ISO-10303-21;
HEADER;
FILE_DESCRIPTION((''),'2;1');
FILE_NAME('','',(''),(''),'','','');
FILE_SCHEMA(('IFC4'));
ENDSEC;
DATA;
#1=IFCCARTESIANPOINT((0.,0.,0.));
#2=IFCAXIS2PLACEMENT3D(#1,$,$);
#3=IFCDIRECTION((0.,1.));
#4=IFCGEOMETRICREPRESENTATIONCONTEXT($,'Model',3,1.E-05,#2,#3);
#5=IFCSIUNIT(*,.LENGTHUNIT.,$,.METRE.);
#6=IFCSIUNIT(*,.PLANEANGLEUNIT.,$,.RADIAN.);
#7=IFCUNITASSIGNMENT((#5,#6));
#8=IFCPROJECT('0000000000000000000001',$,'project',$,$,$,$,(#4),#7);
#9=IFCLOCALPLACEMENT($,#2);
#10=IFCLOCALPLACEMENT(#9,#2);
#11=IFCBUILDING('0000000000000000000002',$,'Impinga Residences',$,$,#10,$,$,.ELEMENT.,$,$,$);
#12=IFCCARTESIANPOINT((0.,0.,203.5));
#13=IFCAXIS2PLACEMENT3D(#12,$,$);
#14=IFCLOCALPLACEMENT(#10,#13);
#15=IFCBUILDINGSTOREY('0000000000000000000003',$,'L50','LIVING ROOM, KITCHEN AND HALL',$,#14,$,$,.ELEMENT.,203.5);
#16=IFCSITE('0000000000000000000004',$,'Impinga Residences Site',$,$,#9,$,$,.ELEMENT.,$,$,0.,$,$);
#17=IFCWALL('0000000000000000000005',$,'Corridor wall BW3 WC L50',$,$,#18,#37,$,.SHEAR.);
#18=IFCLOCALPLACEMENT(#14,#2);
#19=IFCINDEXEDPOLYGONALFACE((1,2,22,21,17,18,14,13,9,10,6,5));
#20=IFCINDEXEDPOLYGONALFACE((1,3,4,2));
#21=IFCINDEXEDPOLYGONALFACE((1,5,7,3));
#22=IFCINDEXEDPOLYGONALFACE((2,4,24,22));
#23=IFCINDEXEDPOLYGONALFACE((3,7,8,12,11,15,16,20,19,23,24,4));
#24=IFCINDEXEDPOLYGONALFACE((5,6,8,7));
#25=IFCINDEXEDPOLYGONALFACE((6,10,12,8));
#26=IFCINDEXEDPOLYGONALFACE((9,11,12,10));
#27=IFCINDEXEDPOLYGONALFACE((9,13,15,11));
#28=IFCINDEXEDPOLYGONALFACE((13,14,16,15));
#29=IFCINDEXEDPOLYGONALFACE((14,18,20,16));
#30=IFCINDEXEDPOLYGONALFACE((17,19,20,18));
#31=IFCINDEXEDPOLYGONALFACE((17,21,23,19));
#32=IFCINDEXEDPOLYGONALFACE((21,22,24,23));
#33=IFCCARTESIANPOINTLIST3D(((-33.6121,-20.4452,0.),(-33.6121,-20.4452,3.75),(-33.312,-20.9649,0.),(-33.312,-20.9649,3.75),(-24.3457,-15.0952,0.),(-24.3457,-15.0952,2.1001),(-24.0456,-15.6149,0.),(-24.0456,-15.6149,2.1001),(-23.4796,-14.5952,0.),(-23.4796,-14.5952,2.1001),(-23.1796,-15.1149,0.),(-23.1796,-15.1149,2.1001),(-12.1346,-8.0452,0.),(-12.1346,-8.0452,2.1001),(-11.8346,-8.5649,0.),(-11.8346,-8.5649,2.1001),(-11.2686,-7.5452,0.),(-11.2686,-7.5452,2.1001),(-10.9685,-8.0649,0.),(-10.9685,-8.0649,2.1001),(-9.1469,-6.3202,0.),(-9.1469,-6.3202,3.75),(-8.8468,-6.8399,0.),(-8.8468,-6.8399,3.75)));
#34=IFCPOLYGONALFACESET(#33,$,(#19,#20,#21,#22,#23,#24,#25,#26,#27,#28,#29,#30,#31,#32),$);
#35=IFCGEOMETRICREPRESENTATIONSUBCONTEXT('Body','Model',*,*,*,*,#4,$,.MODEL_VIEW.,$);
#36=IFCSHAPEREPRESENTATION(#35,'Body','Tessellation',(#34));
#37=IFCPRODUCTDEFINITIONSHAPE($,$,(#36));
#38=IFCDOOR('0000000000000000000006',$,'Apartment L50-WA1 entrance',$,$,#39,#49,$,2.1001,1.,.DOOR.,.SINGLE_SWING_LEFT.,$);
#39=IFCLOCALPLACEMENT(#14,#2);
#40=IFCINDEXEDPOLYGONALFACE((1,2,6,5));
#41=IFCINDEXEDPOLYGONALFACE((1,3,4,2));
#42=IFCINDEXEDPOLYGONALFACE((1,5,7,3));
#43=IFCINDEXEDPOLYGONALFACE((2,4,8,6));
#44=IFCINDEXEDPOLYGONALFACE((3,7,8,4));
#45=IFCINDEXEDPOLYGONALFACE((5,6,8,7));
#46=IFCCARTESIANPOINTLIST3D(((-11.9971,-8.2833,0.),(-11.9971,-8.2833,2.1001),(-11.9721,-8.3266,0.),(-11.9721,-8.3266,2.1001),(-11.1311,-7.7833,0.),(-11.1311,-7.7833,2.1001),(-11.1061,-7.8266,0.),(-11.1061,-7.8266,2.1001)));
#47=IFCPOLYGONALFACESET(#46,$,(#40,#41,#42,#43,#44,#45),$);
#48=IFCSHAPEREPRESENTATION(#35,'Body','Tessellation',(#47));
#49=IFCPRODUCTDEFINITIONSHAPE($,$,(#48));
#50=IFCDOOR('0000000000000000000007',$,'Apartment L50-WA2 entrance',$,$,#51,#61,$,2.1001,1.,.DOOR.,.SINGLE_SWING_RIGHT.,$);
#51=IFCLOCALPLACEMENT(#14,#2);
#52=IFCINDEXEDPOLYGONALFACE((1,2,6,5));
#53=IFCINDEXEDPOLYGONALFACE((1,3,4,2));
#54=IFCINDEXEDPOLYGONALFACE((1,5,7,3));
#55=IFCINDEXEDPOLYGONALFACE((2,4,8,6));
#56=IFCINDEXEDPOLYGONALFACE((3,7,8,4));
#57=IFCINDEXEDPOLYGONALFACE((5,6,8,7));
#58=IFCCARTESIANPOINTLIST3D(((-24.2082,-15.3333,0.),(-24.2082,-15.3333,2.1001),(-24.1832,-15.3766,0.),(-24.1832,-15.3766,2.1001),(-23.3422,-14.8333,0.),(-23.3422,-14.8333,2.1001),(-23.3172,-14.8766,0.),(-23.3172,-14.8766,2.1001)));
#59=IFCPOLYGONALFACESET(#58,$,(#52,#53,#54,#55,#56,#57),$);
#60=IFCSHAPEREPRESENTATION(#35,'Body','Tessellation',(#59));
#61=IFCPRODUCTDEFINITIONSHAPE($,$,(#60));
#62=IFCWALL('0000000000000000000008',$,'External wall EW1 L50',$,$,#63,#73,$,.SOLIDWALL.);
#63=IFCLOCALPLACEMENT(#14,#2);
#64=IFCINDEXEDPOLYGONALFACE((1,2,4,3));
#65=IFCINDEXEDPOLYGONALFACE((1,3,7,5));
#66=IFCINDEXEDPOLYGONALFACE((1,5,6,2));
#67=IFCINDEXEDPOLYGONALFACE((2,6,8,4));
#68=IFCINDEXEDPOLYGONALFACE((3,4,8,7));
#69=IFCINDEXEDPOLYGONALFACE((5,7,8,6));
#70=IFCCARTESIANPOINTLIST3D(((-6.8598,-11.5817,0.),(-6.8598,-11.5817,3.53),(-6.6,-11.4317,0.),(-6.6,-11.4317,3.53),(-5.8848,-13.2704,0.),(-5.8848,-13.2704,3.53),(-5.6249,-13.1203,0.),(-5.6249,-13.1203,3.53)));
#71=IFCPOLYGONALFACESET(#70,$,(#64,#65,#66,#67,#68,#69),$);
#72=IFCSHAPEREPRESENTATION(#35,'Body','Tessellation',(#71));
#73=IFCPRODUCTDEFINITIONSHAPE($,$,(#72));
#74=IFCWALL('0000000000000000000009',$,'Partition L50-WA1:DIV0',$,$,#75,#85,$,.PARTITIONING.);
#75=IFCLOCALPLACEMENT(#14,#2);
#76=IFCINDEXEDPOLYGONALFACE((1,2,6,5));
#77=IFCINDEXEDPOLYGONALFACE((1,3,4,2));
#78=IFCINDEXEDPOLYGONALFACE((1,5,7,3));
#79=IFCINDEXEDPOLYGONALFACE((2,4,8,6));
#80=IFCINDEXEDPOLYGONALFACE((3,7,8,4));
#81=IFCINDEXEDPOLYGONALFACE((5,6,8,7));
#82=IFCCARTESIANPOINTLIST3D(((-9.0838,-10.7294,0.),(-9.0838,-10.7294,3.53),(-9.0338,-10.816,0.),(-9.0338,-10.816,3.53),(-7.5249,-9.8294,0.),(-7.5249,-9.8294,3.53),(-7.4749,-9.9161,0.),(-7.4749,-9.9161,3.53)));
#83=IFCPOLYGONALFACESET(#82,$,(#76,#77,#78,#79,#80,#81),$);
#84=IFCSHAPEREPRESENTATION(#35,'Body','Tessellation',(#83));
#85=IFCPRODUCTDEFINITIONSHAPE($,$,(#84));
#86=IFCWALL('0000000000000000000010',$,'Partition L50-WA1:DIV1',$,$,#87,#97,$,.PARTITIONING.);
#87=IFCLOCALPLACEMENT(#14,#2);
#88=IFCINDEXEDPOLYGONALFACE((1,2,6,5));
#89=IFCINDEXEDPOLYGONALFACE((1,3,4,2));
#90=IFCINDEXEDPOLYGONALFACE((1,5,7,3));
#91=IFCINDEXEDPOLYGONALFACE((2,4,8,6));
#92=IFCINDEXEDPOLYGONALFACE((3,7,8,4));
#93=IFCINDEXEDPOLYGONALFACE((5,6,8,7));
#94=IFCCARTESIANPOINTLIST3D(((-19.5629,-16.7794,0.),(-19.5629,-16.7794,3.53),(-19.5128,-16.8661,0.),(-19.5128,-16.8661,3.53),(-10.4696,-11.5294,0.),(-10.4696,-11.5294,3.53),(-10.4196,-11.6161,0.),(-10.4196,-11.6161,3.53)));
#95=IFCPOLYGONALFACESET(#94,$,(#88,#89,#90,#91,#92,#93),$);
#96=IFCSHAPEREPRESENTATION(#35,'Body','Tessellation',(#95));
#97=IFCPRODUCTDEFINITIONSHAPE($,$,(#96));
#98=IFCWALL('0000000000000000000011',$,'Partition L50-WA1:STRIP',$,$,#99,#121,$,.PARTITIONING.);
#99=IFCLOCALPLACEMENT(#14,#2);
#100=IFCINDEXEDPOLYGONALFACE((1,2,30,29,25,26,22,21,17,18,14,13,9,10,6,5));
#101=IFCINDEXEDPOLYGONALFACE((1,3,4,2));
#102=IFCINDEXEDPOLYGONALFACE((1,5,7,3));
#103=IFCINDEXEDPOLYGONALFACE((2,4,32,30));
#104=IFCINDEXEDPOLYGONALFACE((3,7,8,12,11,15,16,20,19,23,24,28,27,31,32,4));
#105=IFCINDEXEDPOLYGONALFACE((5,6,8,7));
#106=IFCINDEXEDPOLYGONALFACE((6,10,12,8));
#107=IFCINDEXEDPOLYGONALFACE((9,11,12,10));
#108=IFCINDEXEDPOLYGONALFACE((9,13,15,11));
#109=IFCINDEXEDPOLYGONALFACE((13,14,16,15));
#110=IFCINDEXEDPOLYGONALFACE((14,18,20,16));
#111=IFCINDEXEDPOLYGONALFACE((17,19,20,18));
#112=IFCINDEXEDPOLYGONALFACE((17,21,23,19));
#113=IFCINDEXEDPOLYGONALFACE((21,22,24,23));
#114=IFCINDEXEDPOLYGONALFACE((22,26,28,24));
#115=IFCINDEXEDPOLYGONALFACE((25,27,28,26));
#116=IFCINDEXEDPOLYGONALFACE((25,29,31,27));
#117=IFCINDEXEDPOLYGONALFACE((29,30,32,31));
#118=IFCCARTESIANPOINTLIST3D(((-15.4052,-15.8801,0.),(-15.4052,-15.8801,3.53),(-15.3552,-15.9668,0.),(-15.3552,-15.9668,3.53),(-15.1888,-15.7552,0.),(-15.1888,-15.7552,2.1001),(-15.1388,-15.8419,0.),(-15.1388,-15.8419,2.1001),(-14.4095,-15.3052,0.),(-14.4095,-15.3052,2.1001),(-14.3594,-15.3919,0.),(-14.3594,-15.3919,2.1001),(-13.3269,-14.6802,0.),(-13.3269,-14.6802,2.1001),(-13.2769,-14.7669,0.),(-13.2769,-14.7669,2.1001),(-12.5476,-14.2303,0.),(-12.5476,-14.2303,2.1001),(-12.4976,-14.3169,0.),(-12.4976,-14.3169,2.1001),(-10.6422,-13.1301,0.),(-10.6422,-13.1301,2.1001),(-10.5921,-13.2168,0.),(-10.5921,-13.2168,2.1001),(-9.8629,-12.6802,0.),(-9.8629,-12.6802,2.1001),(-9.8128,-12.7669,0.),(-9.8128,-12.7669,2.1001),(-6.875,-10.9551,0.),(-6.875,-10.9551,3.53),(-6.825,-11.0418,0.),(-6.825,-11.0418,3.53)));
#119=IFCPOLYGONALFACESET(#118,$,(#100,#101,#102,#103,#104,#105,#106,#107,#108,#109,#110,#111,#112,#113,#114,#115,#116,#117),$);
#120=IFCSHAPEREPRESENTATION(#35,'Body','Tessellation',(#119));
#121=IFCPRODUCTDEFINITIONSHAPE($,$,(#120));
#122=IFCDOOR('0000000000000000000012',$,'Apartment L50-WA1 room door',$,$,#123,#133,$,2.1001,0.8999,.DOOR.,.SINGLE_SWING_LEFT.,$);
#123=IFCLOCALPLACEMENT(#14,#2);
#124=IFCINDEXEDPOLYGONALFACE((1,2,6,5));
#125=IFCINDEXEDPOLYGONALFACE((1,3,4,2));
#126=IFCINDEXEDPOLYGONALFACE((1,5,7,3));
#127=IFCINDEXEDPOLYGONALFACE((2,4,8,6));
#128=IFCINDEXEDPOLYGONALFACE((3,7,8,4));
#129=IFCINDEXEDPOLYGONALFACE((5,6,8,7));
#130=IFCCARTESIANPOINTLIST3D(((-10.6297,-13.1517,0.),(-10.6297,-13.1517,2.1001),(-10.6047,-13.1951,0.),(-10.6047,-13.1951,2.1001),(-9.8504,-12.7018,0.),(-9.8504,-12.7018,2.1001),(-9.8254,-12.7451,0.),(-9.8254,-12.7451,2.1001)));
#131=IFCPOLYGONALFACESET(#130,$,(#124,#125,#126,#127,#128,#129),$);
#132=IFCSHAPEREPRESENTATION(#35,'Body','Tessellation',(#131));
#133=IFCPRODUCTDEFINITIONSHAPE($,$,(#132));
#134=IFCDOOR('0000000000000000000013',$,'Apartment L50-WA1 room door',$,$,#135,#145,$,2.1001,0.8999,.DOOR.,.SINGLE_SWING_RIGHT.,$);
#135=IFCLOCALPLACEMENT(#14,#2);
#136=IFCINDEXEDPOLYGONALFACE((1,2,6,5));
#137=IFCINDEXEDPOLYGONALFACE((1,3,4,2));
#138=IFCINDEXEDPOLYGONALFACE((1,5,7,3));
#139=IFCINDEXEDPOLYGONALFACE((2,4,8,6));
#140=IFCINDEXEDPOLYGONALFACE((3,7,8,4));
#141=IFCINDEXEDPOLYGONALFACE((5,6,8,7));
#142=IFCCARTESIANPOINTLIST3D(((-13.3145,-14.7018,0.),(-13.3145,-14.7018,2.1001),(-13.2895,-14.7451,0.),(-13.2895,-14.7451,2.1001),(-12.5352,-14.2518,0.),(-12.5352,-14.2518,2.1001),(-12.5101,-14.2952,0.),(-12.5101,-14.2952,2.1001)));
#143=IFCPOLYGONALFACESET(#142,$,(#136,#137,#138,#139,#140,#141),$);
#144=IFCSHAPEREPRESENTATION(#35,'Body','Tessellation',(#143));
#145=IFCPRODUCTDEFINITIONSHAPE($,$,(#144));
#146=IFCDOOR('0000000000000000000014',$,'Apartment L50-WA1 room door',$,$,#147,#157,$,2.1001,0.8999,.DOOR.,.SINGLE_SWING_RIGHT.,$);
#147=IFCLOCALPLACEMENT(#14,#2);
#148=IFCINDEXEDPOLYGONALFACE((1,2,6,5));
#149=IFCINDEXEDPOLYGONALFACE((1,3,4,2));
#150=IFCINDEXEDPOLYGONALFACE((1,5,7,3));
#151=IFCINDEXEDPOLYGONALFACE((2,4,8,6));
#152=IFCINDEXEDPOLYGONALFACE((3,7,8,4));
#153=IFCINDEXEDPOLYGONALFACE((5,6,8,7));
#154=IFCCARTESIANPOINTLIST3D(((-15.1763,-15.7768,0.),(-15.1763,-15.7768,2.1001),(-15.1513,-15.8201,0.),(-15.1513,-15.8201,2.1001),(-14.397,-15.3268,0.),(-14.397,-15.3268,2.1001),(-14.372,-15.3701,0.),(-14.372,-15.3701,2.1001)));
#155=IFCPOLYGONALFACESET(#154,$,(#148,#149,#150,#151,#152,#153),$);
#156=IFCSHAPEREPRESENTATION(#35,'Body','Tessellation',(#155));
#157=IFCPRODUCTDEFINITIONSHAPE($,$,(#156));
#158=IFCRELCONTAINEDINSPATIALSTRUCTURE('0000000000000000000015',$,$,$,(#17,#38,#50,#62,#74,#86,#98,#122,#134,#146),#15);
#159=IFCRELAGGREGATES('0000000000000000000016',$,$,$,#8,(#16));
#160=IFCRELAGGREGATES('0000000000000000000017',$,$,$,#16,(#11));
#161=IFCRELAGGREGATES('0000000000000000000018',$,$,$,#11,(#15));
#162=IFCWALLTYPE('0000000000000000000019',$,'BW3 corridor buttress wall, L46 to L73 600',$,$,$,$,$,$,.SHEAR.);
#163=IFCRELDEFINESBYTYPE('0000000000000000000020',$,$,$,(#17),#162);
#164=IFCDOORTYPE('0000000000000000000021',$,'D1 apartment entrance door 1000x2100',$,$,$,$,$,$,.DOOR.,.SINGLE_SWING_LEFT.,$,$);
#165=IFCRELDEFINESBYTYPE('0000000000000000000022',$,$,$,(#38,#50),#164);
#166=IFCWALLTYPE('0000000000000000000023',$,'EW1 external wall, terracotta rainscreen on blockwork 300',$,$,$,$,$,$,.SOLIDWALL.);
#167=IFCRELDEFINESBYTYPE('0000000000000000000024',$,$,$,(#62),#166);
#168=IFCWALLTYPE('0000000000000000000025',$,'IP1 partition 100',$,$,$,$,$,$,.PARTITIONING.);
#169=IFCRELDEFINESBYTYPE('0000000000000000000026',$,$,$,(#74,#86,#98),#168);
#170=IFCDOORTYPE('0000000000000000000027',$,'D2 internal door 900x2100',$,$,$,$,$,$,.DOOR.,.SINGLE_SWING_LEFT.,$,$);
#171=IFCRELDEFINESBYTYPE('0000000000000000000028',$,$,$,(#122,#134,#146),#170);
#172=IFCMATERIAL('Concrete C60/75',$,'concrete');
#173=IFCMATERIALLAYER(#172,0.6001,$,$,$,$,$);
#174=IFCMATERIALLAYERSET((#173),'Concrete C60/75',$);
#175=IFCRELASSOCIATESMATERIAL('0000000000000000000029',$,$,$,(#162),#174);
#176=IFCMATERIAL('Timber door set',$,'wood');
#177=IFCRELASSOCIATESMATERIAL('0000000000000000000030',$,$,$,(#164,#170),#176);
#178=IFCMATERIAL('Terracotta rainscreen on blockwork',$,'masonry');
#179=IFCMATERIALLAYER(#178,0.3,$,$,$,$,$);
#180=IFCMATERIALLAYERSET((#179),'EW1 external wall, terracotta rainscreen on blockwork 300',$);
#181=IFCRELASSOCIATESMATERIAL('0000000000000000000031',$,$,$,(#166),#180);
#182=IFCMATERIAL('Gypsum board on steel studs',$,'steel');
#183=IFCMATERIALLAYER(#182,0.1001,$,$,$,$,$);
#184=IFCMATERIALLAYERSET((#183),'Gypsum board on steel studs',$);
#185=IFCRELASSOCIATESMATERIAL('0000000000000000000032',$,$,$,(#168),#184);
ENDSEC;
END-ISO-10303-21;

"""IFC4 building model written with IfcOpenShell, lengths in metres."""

from ifc_helpers import new_model, si_unit, direction, frame, frame_2d, origin, place, context, subcontext, project, spatial, rectangle, extrude, material, layer, layer_set, type_object, element, fill, save


model = new_model("IFC4")

# Units and contexts
model_context = context("Model", 3, precision=1e-05, world=origin(), true_north=direction((0.0, 1.0)))
body_context = subcontext(model_context, "Body", "Model", "MODEL_VIEW")
ifc_project = project(units=[si_unit("LENGTHUNIT", "METRE"), si_unit("PLANEANGLEUNIT", "RADIAN")], contexts=[model_context])

# Site, building, storey
site_placement = place(None, origin())
site = spatial("IfcSite", under=ifc_project, at=site_placement, Name="Impinga Residences Site", CompositionType="ELEMENT", RefElevation=0.0)
building_placement = place(site_placement, origin())
building = spatial("IfcBuilding", under=site, at=building_placement, Name="Impinga Residences", CompositionType="ELEMENT")
storey_placement = place(building_placement, frame((0.0, 0.0, 203.5)))
storey = spatial("IfcBuildingStorey", under=building, at=storey_placement, Name="L50", Description="LIVING ROOM, KITCHEN AND HALL", CompositionType="ELEMENT", Elevation=203.5)

# Wall, openings, doors
ifc_material_1 = material(Name="Concrete C60/75", Category="concrete")
ifc_layer_1 = layer(ifc_material_1, 0.6001)
ifc_layer_set_1 = layer_set([ifc_layer_1], Name="Concrete C60/75")
wall_type_1 = type_object("IfcWallType", Name="BW3 corridor buttress wall, L46 to L73 600", PredefinedType="SHEAR", material=ifc_layer_set_1)
wall_1_placement = place(storey_placement, frame((-8.9968, -6.5801, 0.0), z_axis=(0.0, 0.0, 1.0), x_axis=(-0.866026, -0.499998, 0.0)))
wall_1 = element("IfcWall", 1, at=wall_1_placement, inside=storey, type_object=wall_type_1, Name="Corridor wall BW3 WC L50", PredefinedType="SHEAR", context=body_context, shape_type="SweptSolid", body=[
    extrude(rectangle(XDim=28.25, YDim=0.6001, at=frame_2d((14.125, 0.0))), origin(), (0.0, 0.0, 1.0), 3.75),
])
opening_1_placement = place(wall_1_placement, frame((2.45, 0.0, 0.0)))
opening_1 = element("IfcOpeningElement", 2, at=opening_1_placement, cuts=wall_1, PredefinedType="OPENING", context=body_context, shape_type="SweptSolid", body=[
    extrude(rectangle(XDim=1.0, YDim=2.1001, at=frame_2d((0.5, 1.05))), frame((0.0, 0.3101, 0.0), z_axis=(0.0, -1.0, 0.0), x_axis=(1.0, 0.0, 0.0)), (0.0, 0.0, 1.0), 0.6201),
])
opening_2_placement = place(wall_1_placement, frame((16.55, 0.0, 0.0)))
opening_2 = element("IfcOpeningElement", 3, at=opening_2_placement, cuts=wall_1, PredefinedType="OPENING", context=body_context, shape_type="SweptSolid", body=[
    extrude(rectangle(XDim=1.0, YDim=2.1001, at=frame_2d((0.5, 1.05))), frame((0.0, 0.3101, 0.0), z_axis=(0.0, -1.0, 0.0), x_axis=(1.0, 0.0, 0.0)), (0.0, 0.0, 1.0), 0.6201),
])
ifc_material_2 = material(Name="Timber door set", Category="wood")
door_type_1 = type_object("IfcDoorType", Name="D1 apartment entrance door 1000x2100", OperationType="SINGLE_SWING_LEFT", PredefinedType="DOOR", material=ifc_material_2)
door_1_placement = place(opening_1_placement, origin())
door_1 = element("IfcDoor", 4, at=door_1_placement, inside=storey, type_object=door_type_1, Name="Apartment L50-WA1 entrance", OperationType="SINGLE_SWING_LEFT", OverallHeight=2.1001, OverallWidth=1.0, PredefinedType="DOOR", context=body_context, shape_type="SweptSolid", body=[
    extrude(rectangle(XDim=1.0, YDim=2.1001, at=frame_2d((0.5, 1.05))), frame((0.0, 0.0249, 0.0), z_axis=(0.0, -1.0, 0.0), x_axis=(1.0, 0.0, 0.0)), (0.0, 0.0, 1.0), 0.05),
])
fill(opening_1, door_1)
door_2_placement = place(opening_2_placement, origin())
door_2 = element("IfcDoor", 5, at=door_2_placement, inside=storey, type_object=door_type_1, Name="Apartment L50-WA2 entrance", OperationType="SINGLE_SWING_RIGHT", OverallHeight=2.1001, OverallWidth=1.0, PredefinedType="DOOR", context=body_context, shape_type="SweptSolid", body=[
    extrude(rectangle(XDim=1.0, YDim=2.1001, at=frame_2d((0.5, 1.05))), frame((0.0, 0.0249, 0.0), z_axis=(0.0, -1.0, 0.0), x_axis=(1.0, 0.0, 0.0)), (0.0, 0.0, 1.0), 0.05),
])
fill(opening_2, door_2)

# Walls
ifc_material_3 = material(Name="Terracotta rainscreen on blockwork", Category="masonry")
ifc_layer_2 = layer(ifc_material_3, 0.3)
ifc_layer_set_2 = layer_set([ifc_layer_2], Name="EW1 external wall, terracotta rainscreen on blockwork 300")
wall_type_2 = type_object("IfcWallType", Name="EW1 external wall, terracotta rainscreen on blockwork 300", PredefinedType="SOLIDWALL", material=ifc_layer_set_2)
wall_2_placement = place(storey_placement, frame((-6.73, -11.5066, 0.0), z_axis=(0.0, 0.0, 1.0), x_axis=(0.500044, -0.866, 0.0)))
element("IfcWall", 6, at=wall_2_placement, inside=storey, type_object=wall_type_2, Name="External wall EW1 L50", PredefinedType="SOLIDWALL", context=body_context, shape_type="SweptSolid", body=[
    extrude(rectangle(XDim=1.95, YDim=0.3, at=frame_2d((0.9751, 0.0))), origin(), (0.0, 0.0, 1.0), 3.53),
])
ifc_material_4 = material(Name="Gypsum board on steel studs", Category="steel")
ifc_layer_3 = layer(ifc_material_4, 0.1001)
ifc_layer_set_3 = layer_set([ifc_layer_3], Name="Gypsum board on steel studs")
wall_type_3 = type_object("IfcWallType", Name="IP1 partition 100", PredefinedType="PARTITIONING", material=ifc_layer_set_3)
wall_3_placement = place(storey_placement, frame((-7.5, -9.8728, 0.0), z_axis=(0.0, 0.0, 1.0), x_axis=(-0.866048, -0.499961, 0.0)))
element("IfcWall", 7, at=wall_3_placement, inside=storey, type_object=wall_type_3, Name="Partition L50-WA1:DIV0", PredefinedType="PARTITIONING", context=body_context, shape_type="SweptSolid", body=[
    extrude(rectangle(XDim=1.8, YDim=0.1001, at=frame_2d((0.8999, 0.0))), origin(), (0.0, 0.0, 1.0), 3.53),
])
wall_4_placement = place(storey_placement, frame((-10.4446, -11.5728, 0.0), z_axis=(0.0, 0.0, 1.0), x_axis=(-0.866025, -0.5, 0.0)))
element("IfcWall", 8, at=wall_4_placement, inside=storey, type_object=wall_type_3, Name="Partition L50-WA1:DIV1", PredefinedType="PARTITIONING", context=body_context, shape_type="SweptSolid", body=[
    extrude(rectangle(XDim=10.5, YDim=0.1001, at=frame_2d((5.25, 0.0))), origin(), (0.0, 0.0, 1.0), 3.53),
])

# Wall, openings, doors
wall_5_placement = place(storey_placement, frame((-6.8501, -10.9985, 0.0), z_axis=(0.0, 0.0, 1.0), x_axis=(-0.866021, -0.500007, 0.0)))
wall_5 = element("IfcWall", 9, at=wall_5_placement, inside=storey, type_object=wall_type_3, Name="Partition L50-WA1:STRIP", PredefinedType="PARTITIONING", context=body_context, shape_type="SweptSolid", body=[
    extrude(rectangle(XDim=9.8499, YDim=0.1001, at=frame_2d((4.9248, 0.0))), origin(), (0.0, 0.0, 1.0), 3.53),
])
opening_3_placement = place(wall_5_placement, frame((3.45, 0.0, 0.0)))
opening_3 = element("IfcOpeningElement", 10, at=opening_3_placement, cuts=wall_5, PredefinedType="OPENING", context=body_context, shape_type="SweptSolid", body=[
    extrude(rectangle(XDim=0.8999, YDim=2.1001, at=frame_2d((0.45, 1.05))), frame((0.0, 0.0601, 0.0), z_axis=(0.0, -1.0, 0.0), x_axis=(1.0, 0.0, 0.0)), (0.0, 0.0, 1.0), 0.1201),
])
opening_4_placement = place(wall_5_placement, frame((6.55, 0.0, 0.0)))
opening_4 = element("IfcOpeningElement", 11, at=opening_4_placement, cuts=wall_5, PredefinedType="OPENING", context=body_context, shape_type="SweptSolid", body=[
    extrude(rectangle(XDim=0.8999, YDim=2.1001, at=frame_2d((0.45, 1.05))), frame((0.0, 0.0601, 0.0), z_axis=(0.0, -1.0, 0.0), x_axis=(1.0, 0.0, 0.0)), (0.0, 0.0, 1.0), 0.1201),
])
opening_5_placement = place(wall_5_placement, frame((8.7, 0.0, 0.0)))
opening_5 = element("IfcOpeningElement", 12, at=opening_5_placement, cuts=wall_5, PredefinedType="OPENING", context=body_context, shape_type="SweptSolid", body=[
    extrude(rectangle(XDim=0.8999, YDim=2.1001, at=frame_2d((0.45, 1.05))), frame((0.0, 0.0601, 0.0), z_axis=(0.0, -1.0, 0.0), x_axis=(1.0, 0.0, 0.0)), (0.0, 0.0, 1.0), 0.1201),
])
door_type_2 = type_object("IfcDoorType", Name="D2 internal door 900x2100", OperationType="SINGLE_SWING_LEFT", PredefinedType="DOOR", material=ifc_material_2)
door_3_placement = place(opening_3_placement, origin())
door_3 = element("IfcDoor", 13, at=door_3_placement, inside=storey, type_object=door_type_2, Name="Apartment L50-WA1 room door", OperationType="SINGLE_SWING_LEFT", OverallHeight=2.1001, OverallWidth=0.8999, PredefinedType="DOOR", context=body_context, shape_type="SweptSolid", body=[
    extrude(rectangle(XDim=0.8999, YDim=2.1001, at=frame_2d((0.45, 1.05))), frame((0.0, 0.0249, 0.0), z_axis=(0.0, -1.0, 0.0), x_axis=(1.0, 0.0, 0.0)), (0.0, 0.0, 1.0), 0.05),
])
fill(opening_3, door_3)
door_4_placement = place(opening_4_placement, origin())
door_4 = element("IfcDoor", 14, at=door_4_placement, inside=storey, type_object=door_type_2, Name="Apartment L50-WA1 room door", OperationType="SINGLE_SWING_RIGHT", OverallHeight=2.1001, OverallWidth=0.8999, PredefinedType="DOOR", context=body_context, shape_type="SweptSolid", body=[
    extrude(rectangle(XDim=0.8999, YDim=2.1001, at=frame_2d((0.45, 1.05))), frame((0.0, 0.0249, 0.0), z_axis=(0.0, -1.0, 0.0), x_axis=(1.0, 0.0, 0.0)), (0.0, 0.0, 1.0), 0.05),
])
fill(opening_4, door_4)
door_5_placement = place(opening_5_placement, origin())
door_5 = element("IfcDoor", 15, at=door_5_placement, inside=storey, type_object=door_type_2, Name="Apartment L50-WA1 room door", OperationType="SINGLE_SWING_RIGHT", OverallHeight=2.1001, OverallWidth=0.8999, PredefinedType="DOOR", context=body_context, shape_type="SweptSolid", body=[
    extrude(rectangle(XDim=0.8999, YDim=2.1001, at=frame_2d((0.45, 1.05))), frame((0.0, 0.0249, 0.0), z_axis=(0.0, -1.0, 0.0), x_axis=(1.0, 0.0, 0.0)), (0.0, 0.0, 1.0), 0.05),
])
fill(opening_5, door_5)

save(model, "model.ifc")
